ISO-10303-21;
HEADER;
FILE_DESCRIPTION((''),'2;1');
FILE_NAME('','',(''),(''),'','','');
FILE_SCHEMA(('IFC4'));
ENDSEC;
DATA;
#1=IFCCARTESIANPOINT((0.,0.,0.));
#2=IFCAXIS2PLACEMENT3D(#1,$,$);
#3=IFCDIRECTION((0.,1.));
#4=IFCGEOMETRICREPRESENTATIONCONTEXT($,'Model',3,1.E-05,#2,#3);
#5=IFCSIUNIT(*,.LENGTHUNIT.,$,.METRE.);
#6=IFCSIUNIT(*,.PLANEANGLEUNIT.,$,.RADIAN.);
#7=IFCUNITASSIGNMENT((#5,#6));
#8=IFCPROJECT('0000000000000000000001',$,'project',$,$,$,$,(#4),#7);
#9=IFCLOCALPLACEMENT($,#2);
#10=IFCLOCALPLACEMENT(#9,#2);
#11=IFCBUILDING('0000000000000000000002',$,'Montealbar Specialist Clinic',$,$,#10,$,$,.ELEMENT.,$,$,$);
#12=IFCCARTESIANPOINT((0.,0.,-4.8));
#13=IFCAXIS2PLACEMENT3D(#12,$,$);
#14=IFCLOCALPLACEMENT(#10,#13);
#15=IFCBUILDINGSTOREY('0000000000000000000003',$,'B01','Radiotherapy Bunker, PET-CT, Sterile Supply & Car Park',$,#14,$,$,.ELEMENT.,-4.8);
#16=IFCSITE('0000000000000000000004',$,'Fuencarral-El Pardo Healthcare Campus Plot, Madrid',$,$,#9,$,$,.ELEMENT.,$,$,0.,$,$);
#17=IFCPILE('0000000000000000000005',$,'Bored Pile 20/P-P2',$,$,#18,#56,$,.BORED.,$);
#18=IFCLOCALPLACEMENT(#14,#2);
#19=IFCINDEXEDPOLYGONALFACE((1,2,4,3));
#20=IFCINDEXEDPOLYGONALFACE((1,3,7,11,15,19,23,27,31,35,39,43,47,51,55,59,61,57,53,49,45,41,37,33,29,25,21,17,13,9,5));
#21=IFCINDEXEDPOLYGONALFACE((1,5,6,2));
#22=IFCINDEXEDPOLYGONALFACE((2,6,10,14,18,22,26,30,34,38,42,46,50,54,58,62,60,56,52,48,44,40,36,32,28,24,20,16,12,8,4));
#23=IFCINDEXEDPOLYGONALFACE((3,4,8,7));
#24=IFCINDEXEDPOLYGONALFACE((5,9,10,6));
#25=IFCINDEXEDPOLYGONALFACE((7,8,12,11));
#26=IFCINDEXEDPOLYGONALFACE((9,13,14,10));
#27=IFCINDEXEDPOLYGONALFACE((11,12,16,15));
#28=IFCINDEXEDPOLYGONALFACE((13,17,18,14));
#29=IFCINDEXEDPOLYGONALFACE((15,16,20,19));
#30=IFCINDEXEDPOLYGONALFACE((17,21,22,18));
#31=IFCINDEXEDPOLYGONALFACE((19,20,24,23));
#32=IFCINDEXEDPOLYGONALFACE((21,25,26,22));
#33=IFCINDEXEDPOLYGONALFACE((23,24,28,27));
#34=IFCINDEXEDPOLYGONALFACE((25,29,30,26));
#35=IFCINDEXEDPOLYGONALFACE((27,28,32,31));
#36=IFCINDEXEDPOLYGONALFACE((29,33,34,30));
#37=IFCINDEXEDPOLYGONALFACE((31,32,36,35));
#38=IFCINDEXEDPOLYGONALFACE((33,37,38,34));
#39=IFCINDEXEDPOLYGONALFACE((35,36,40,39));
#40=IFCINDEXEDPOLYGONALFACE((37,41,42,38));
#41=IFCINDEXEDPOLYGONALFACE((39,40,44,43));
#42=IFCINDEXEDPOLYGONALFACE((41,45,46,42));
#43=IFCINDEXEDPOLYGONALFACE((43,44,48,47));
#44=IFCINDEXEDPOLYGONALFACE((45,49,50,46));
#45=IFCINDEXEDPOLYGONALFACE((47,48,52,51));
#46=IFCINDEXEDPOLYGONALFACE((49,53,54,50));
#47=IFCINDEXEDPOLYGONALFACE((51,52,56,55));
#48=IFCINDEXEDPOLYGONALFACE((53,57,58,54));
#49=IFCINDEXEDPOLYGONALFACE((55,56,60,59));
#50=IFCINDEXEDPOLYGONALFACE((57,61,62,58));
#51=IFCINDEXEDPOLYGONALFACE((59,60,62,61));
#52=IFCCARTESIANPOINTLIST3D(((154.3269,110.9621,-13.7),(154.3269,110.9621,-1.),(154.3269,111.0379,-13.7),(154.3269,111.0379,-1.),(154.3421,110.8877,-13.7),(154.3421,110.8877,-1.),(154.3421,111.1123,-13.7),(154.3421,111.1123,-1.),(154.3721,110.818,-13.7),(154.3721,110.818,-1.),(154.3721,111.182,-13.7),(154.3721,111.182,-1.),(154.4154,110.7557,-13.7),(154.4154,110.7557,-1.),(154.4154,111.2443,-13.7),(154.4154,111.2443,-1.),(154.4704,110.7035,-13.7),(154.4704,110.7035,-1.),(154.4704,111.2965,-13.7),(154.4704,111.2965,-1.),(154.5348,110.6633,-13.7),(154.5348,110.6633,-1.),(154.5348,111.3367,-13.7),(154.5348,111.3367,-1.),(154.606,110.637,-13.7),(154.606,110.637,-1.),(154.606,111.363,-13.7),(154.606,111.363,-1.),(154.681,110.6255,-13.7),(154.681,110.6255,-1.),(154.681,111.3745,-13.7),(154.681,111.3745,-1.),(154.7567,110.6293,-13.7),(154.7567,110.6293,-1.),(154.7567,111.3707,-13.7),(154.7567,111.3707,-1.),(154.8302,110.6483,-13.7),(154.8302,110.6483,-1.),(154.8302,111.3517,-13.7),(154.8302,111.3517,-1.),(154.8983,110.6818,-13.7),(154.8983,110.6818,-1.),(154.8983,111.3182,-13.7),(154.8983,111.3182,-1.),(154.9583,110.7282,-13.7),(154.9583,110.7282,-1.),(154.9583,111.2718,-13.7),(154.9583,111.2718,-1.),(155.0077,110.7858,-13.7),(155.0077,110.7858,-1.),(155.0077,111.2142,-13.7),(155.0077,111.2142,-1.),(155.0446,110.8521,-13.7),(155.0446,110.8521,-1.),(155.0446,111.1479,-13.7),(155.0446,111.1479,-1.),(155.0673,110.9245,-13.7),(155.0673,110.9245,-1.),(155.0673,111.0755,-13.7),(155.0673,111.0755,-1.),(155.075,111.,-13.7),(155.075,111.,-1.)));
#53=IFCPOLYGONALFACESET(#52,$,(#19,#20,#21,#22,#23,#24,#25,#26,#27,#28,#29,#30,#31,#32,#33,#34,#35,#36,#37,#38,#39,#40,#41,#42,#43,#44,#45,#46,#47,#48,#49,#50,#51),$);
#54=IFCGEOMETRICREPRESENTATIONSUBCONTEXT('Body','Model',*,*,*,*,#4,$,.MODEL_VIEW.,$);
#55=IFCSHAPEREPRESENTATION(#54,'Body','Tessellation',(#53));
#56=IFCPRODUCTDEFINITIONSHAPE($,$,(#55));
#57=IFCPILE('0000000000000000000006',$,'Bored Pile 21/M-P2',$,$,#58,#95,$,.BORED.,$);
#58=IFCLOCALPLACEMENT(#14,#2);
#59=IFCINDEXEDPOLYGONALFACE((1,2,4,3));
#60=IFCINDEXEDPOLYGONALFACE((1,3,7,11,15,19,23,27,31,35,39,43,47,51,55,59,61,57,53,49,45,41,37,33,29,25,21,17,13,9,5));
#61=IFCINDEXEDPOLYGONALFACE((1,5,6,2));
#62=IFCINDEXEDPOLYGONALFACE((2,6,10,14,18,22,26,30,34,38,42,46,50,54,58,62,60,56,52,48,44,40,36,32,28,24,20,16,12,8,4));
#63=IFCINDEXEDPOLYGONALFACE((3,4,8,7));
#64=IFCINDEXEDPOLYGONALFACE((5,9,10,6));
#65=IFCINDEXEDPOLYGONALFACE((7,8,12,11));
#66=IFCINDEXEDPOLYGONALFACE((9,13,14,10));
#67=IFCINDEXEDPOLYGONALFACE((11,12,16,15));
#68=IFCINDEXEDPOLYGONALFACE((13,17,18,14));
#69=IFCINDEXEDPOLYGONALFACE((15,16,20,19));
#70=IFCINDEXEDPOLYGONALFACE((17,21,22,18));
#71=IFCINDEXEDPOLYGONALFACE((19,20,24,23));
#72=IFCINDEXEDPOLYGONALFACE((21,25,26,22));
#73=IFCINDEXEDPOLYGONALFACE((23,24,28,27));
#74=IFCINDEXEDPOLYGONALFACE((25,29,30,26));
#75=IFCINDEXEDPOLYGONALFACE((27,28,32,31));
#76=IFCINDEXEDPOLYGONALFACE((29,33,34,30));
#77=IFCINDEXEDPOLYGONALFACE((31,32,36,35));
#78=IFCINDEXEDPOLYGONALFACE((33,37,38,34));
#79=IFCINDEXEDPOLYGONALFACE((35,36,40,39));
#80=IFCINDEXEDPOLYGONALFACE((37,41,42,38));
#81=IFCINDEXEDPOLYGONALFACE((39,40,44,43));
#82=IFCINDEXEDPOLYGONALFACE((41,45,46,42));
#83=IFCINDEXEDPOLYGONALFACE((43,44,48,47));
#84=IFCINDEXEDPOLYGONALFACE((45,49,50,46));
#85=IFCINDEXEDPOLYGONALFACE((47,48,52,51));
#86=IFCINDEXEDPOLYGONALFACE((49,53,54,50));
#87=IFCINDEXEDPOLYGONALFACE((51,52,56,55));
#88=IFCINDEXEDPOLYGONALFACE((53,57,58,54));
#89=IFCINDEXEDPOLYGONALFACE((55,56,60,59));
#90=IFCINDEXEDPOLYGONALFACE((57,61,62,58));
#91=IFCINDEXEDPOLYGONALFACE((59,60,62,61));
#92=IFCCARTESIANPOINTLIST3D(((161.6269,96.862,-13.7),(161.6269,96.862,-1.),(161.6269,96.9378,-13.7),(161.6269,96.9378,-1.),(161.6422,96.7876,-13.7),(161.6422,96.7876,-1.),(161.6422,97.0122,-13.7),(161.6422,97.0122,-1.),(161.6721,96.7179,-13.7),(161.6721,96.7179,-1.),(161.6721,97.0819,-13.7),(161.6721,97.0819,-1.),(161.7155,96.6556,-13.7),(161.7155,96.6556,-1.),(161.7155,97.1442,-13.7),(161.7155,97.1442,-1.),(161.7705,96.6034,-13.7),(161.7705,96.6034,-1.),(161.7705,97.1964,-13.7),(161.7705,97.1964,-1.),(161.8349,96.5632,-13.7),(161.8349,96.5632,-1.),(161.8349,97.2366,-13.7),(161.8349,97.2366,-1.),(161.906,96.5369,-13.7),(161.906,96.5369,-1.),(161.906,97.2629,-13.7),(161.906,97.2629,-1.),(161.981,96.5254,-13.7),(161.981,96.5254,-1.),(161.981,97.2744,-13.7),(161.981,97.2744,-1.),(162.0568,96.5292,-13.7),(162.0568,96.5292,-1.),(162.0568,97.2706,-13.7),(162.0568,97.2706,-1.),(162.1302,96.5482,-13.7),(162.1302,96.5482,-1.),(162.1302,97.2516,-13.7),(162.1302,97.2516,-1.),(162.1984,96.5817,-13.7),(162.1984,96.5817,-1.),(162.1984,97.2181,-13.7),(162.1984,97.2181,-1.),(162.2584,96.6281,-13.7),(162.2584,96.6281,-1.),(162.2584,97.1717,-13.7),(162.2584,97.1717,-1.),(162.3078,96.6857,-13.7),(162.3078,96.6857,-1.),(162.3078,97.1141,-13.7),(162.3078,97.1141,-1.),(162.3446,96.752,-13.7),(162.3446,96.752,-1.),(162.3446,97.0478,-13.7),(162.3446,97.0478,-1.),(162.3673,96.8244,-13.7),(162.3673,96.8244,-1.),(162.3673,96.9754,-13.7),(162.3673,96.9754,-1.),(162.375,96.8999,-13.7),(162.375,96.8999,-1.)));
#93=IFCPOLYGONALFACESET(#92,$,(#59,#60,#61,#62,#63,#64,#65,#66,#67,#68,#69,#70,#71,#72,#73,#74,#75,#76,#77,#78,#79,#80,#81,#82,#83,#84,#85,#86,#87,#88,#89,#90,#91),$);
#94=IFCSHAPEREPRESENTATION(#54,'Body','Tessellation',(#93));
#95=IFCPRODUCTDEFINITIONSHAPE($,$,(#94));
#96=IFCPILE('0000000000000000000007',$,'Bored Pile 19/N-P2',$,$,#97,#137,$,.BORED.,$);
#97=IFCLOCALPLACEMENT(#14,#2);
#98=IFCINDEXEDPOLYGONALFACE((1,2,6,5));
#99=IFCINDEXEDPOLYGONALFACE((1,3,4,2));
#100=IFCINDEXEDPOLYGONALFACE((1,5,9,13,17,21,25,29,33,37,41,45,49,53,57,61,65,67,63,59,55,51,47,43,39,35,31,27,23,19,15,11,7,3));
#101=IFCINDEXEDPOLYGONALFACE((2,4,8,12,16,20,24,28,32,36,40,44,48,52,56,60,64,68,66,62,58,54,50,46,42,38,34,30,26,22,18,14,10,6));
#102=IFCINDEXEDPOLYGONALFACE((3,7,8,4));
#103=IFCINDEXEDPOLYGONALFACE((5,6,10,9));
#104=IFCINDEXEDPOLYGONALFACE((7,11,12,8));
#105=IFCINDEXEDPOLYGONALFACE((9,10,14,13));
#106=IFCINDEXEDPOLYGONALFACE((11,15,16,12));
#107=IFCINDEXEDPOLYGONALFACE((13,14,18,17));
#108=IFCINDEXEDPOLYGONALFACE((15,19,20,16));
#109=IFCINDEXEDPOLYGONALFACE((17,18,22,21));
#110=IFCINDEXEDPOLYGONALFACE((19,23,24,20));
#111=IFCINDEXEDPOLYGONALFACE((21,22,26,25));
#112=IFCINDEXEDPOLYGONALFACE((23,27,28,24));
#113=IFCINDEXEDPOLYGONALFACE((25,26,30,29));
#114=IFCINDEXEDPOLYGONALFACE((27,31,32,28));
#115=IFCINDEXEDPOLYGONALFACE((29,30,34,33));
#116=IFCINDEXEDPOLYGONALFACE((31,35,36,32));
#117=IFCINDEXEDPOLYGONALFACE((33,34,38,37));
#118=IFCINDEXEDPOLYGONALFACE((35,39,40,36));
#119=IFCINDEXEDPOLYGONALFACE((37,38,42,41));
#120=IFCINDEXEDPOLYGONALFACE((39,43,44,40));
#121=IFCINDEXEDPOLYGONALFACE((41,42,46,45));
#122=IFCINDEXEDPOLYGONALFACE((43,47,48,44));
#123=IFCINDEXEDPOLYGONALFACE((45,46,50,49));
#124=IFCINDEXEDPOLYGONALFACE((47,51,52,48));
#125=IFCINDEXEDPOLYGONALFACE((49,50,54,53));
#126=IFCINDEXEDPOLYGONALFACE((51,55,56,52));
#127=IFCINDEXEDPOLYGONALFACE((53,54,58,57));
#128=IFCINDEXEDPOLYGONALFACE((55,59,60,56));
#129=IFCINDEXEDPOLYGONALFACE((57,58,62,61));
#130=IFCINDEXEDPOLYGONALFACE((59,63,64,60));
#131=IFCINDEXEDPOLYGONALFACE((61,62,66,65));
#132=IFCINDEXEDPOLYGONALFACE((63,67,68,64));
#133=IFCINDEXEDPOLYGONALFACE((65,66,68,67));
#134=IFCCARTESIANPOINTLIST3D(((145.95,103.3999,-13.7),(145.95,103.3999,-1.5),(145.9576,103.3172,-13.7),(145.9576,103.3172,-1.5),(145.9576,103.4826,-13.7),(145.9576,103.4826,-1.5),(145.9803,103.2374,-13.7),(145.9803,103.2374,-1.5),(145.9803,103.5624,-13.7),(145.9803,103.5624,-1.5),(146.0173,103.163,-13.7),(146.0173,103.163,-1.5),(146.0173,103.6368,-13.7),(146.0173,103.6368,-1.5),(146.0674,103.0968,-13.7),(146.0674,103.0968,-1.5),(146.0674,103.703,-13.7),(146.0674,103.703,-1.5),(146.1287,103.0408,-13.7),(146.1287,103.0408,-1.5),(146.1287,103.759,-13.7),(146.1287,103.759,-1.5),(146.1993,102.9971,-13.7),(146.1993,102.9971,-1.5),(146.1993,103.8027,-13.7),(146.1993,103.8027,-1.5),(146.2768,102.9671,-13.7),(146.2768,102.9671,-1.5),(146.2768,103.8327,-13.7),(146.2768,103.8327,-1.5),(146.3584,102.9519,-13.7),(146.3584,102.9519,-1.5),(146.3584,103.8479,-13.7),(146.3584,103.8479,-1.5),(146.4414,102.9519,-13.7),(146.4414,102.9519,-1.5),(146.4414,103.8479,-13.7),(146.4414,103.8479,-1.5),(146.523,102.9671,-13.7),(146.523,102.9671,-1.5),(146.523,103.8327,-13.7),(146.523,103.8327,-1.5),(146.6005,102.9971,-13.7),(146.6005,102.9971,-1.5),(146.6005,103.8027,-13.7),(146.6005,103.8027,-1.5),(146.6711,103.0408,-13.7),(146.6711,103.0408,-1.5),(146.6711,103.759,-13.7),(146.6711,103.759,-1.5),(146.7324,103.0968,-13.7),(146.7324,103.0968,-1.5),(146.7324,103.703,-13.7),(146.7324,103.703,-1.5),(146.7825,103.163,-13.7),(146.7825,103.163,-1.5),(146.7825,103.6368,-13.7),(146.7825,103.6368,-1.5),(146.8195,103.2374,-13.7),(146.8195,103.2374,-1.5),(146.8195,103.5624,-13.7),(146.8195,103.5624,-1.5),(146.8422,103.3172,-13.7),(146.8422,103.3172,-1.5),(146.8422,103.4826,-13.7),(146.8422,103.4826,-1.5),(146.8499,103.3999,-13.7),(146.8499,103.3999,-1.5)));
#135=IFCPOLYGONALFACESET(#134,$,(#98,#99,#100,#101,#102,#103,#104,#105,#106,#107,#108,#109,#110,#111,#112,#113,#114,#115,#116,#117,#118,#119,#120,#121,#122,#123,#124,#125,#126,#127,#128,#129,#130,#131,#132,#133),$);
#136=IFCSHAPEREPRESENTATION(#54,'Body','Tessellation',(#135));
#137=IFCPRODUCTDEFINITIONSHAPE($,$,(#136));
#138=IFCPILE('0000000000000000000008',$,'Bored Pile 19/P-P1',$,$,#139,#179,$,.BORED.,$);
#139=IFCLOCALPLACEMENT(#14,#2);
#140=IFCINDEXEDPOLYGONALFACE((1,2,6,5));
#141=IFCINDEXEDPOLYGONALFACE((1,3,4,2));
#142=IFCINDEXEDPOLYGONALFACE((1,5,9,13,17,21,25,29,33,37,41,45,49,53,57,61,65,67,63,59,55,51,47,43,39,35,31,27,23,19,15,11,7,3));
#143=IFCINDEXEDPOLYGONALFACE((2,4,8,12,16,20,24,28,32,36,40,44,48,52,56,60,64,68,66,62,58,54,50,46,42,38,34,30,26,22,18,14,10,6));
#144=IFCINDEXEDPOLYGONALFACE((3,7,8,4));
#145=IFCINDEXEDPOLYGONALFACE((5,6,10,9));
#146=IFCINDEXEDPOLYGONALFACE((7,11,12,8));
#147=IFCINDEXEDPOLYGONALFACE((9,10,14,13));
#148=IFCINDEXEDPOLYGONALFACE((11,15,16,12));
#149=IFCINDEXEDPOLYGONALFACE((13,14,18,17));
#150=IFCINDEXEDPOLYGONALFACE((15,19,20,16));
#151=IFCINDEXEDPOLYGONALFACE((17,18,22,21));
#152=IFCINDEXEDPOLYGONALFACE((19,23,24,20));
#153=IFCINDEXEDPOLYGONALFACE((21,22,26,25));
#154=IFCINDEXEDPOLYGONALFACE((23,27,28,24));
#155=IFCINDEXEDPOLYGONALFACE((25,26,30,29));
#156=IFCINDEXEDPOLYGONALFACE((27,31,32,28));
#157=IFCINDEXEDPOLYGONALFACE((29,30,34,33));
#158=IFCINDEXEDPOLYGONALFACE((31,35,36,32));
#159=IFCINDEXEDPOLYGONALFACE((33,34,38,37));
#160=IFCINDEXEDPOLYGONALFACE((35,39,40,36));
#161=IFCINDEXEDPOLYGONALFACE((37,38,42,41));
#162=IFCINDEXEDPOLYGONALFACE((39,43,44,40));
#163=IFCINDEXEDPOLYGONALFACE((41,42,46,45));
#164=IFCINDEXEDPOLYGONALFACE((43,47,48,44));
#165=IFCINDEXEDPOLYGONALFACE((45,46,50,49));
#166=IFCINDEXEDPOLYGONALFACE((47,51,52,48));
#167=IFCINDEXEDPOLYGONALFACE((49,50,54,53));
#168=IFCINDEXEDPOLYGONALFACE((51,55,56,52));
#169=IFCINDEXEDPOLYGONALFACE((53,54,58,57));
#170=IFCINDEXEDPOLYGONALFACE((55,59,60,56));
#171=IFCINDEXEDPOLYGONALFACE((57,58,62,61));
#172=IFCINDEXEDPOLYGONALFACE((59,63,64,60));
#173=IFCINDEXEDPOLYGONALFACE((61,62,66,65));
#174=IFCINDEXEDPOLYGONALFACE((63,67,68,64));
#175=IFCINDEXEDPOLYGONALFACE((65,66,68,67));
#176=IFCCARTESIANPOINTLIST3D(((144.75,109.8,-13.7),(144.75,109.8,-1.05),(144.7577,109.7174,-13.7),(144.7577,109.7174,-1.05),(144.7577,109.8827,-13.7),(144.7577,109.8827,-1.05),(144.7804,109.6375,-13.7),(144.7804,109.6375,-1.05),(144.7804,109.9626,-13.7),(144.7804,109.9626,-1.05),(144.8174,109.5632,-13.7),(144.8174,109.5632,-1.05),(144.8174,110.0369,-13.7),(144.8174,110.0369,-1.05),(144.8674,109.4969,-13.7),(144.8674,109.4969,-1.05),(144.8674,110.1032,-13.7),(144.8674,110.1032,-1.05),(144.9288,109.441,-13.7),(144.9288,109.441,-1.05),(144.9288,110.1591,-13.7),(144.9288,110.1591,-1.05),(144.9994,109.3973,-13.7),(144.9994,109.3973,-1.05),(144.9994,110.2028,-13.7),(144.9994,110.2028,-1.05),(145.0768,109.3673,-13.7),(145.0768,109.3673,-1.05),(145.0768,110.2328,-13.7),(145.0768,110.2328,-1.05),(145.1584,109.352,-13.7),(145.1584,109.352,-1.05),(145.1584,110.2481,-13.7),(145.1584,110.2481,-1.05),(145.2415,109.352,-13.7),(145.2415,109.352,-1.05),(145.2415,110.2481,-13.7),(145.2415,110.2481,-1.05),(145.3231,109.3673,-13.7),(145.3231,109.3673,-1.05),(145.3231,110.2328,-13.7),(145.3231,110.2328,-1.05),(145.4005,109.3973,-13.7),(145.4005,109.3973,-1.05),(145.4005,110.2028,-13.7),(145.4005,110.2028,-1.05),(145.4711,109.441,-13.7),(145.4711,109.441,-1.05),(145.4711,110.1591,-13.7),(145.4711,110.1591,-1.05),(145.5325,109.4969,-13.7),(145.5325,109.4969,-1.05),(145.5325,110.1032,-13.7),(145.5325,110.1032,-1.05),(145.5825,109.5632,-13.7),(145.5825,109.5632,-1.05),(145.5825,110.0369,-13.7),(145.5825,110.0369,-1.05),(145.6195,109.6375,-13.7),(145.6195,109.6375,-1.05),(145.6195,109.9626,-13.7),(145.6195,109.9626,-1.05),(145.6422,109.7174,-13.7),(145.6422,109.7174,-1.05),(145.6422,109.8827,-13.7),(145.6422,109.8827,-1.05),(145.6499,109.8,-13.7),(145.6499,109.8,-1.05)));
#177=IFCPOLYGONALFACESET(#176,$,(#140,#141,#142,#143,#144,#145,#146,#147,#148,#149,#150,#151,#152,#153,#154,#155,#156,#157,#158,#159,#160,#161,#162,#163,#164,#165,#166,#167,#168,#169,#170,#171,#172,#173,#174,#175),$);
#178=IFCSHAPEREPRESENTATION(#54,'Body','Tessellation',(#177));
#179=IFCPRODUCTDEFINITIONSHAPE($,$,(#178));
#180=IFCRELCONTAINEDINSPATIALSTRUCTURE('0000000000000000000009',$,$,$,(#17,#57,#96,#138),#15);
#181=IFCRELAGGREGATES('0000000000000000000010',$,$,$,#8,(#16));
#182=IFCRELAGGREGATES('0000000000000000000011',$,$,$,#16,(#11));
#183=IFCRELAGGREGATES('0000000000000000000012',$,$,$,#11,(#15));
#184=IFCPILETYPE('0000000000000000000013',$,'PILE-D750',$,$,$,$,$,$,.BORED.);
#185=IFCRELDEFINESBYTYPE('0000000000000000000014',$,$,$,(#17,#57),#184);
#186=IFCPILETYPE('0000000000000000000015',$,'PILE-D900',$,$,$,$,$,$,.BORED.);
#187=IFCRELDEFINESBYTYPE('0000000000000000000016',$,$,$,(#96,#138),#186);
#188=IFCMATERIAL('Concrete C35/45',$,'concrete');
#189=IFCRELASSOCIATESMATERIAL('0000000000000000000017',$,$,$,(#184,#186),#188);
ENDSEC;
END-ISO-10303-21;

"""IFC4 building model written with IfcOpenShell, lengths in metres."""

from ifc_helpers import new_model, si_unit, direction, frame, origin, origin_2d, place, context, subcontext, project, spatial, circle, extrude, material, material_profile, profile_set, type_object, element, save


model = new_model("IFC4")

# Units and contexts
model_context = context("Model", 3, precision=1e-05, world=origin(), true_north=direction((0.0, 1.0)))
body_context = subcontext(model_context, "Body", "Model", "MODEL_VIEW")
ifc_project = project(units=[si_unit("LENGTHUNIT", "METRE"), si_unit("PLANEANGLEUNIT", "RADIAN")], contexts=[model_context])

# Site, building, storey
site_placement = place(None, origin())
site = spatial("IfcSite", under=ifc_project, at=site_placement, Name="Fuencarral-El Pardo Healthcare Campus Plot, Madrid", CompositionType="ELEMENT", RefElevation=0.0)
building_placement = place(site_placement, origin())
building = spatial("IfcBuilding", under=site, at=building_placement, Name="Montealbar Specialist Clinic", CompositionType="ELEMENT")
storey_placement = place(building_placement, frame((0.0, 0.0, -4.8)))
storey = spatial("IfcBuildingStorey", under=building, at=storey_placement, Name="B01", Description="Radiotherapy Bunker, PET-CT, Sterile Supply & Car Park", CompositionType="ELEMENT", Elevation=-4.8)

# Shared definitions
ifc_material_1 = material(Name="Concrete C35/45", Category="concrete")

# Piles
ifc_material_profile_1 = material_profile(ifc_material_1, circle(Radius=0.375, at=origin_2d()), Name="PILE D750", Category="concrete")
ifc_profile_set_1 = profile_set([ifc_material_profile_1], Name="Concrete C35/45")
pile_type_1 = type_object("IfcPileType", Name="PILE-D750", PredefinedType="BORED", material=ifc_profile_set_1)
for number, where, z_axis, x_axis, name in (
    (1, (154.7, 111.0, -1.0), (0.0, 0.0, -1.0), (1.0, 0.0, 0.0), "Bored Pile 20/P-P2"),
    (2, (162.0, 96.8999, -1.0), (0.0, 0.0, -1.0), (1.0, 0.0, 0.0), "Bored Pile 21/M-P2"),
):
    element("IfcPile", number, at=place(storey_placement, frame(where, z_axis=z_axis, x_axis=x_axis)), inside=storey, type_object=pile_type_1, Name=name, PredefinedType="BORED", context=body_context, shape_type="SweptSolid", body=[
        extrude(circle(Radius=0.375, at=origin_2d()), origin(), (0.0, 0.0, 1.0), 12.7),
    ])
ifc_material_profile_2 = material_profile(ifc_material_1, circle(Radius=0.45, at=origin_2d()), Name="PILE D900", Category="concrete")
ifc_profile_set_2 = profile_set([ifc_material_profile_2], Name="Concrete C35/45")
pile_type_2 = type_object("IfcPileType", Name="PILE-D900", PredefinedType="BORED", material=ifc_profile_set_2)
pile_placement = place(storey_placement, frame((146.3999, 103.3999, -1.5), z_axis=(0.0, 0.0, -1.0), x_axis=(1.0, 0.0, 0.0)))
element("IfcPile", 3, at=pile_placement, inside=storey, type_object=pile_type_2, Name="Bored Pile 19/N-P2", PredefinedType="BORED", context=body_context, shape_type="SweptSolid", body=[
    extrude(circle(Radius=0.45, at=origin_2d()), origin(), (0.0, 0.0, 1.0), 12.2),
])
for number, where, z_axis, x_axis, name in (
    (4, (145.2, 109.8, -1.05), (0.0, 0.0, -1.0), (1.0, 0.0, 0.0), "Bored Pile 19/P-P1"),
):
    element("IfcPile", number, at=place(storey_placement, frame(where, z_axis=z_axis, x_axis=x_axis)), inside=storey, type_object=pile_type_2, Name=name, PredefinedType="BORED", context=body_context, shape_type="SweptSolid", body=[
        extrude(circle(Radius=0.45, at=origin_2d()), origin(), (0.0, 0.0, 1.0), 12.6499),
    ])

save(model, "model.ifc")
